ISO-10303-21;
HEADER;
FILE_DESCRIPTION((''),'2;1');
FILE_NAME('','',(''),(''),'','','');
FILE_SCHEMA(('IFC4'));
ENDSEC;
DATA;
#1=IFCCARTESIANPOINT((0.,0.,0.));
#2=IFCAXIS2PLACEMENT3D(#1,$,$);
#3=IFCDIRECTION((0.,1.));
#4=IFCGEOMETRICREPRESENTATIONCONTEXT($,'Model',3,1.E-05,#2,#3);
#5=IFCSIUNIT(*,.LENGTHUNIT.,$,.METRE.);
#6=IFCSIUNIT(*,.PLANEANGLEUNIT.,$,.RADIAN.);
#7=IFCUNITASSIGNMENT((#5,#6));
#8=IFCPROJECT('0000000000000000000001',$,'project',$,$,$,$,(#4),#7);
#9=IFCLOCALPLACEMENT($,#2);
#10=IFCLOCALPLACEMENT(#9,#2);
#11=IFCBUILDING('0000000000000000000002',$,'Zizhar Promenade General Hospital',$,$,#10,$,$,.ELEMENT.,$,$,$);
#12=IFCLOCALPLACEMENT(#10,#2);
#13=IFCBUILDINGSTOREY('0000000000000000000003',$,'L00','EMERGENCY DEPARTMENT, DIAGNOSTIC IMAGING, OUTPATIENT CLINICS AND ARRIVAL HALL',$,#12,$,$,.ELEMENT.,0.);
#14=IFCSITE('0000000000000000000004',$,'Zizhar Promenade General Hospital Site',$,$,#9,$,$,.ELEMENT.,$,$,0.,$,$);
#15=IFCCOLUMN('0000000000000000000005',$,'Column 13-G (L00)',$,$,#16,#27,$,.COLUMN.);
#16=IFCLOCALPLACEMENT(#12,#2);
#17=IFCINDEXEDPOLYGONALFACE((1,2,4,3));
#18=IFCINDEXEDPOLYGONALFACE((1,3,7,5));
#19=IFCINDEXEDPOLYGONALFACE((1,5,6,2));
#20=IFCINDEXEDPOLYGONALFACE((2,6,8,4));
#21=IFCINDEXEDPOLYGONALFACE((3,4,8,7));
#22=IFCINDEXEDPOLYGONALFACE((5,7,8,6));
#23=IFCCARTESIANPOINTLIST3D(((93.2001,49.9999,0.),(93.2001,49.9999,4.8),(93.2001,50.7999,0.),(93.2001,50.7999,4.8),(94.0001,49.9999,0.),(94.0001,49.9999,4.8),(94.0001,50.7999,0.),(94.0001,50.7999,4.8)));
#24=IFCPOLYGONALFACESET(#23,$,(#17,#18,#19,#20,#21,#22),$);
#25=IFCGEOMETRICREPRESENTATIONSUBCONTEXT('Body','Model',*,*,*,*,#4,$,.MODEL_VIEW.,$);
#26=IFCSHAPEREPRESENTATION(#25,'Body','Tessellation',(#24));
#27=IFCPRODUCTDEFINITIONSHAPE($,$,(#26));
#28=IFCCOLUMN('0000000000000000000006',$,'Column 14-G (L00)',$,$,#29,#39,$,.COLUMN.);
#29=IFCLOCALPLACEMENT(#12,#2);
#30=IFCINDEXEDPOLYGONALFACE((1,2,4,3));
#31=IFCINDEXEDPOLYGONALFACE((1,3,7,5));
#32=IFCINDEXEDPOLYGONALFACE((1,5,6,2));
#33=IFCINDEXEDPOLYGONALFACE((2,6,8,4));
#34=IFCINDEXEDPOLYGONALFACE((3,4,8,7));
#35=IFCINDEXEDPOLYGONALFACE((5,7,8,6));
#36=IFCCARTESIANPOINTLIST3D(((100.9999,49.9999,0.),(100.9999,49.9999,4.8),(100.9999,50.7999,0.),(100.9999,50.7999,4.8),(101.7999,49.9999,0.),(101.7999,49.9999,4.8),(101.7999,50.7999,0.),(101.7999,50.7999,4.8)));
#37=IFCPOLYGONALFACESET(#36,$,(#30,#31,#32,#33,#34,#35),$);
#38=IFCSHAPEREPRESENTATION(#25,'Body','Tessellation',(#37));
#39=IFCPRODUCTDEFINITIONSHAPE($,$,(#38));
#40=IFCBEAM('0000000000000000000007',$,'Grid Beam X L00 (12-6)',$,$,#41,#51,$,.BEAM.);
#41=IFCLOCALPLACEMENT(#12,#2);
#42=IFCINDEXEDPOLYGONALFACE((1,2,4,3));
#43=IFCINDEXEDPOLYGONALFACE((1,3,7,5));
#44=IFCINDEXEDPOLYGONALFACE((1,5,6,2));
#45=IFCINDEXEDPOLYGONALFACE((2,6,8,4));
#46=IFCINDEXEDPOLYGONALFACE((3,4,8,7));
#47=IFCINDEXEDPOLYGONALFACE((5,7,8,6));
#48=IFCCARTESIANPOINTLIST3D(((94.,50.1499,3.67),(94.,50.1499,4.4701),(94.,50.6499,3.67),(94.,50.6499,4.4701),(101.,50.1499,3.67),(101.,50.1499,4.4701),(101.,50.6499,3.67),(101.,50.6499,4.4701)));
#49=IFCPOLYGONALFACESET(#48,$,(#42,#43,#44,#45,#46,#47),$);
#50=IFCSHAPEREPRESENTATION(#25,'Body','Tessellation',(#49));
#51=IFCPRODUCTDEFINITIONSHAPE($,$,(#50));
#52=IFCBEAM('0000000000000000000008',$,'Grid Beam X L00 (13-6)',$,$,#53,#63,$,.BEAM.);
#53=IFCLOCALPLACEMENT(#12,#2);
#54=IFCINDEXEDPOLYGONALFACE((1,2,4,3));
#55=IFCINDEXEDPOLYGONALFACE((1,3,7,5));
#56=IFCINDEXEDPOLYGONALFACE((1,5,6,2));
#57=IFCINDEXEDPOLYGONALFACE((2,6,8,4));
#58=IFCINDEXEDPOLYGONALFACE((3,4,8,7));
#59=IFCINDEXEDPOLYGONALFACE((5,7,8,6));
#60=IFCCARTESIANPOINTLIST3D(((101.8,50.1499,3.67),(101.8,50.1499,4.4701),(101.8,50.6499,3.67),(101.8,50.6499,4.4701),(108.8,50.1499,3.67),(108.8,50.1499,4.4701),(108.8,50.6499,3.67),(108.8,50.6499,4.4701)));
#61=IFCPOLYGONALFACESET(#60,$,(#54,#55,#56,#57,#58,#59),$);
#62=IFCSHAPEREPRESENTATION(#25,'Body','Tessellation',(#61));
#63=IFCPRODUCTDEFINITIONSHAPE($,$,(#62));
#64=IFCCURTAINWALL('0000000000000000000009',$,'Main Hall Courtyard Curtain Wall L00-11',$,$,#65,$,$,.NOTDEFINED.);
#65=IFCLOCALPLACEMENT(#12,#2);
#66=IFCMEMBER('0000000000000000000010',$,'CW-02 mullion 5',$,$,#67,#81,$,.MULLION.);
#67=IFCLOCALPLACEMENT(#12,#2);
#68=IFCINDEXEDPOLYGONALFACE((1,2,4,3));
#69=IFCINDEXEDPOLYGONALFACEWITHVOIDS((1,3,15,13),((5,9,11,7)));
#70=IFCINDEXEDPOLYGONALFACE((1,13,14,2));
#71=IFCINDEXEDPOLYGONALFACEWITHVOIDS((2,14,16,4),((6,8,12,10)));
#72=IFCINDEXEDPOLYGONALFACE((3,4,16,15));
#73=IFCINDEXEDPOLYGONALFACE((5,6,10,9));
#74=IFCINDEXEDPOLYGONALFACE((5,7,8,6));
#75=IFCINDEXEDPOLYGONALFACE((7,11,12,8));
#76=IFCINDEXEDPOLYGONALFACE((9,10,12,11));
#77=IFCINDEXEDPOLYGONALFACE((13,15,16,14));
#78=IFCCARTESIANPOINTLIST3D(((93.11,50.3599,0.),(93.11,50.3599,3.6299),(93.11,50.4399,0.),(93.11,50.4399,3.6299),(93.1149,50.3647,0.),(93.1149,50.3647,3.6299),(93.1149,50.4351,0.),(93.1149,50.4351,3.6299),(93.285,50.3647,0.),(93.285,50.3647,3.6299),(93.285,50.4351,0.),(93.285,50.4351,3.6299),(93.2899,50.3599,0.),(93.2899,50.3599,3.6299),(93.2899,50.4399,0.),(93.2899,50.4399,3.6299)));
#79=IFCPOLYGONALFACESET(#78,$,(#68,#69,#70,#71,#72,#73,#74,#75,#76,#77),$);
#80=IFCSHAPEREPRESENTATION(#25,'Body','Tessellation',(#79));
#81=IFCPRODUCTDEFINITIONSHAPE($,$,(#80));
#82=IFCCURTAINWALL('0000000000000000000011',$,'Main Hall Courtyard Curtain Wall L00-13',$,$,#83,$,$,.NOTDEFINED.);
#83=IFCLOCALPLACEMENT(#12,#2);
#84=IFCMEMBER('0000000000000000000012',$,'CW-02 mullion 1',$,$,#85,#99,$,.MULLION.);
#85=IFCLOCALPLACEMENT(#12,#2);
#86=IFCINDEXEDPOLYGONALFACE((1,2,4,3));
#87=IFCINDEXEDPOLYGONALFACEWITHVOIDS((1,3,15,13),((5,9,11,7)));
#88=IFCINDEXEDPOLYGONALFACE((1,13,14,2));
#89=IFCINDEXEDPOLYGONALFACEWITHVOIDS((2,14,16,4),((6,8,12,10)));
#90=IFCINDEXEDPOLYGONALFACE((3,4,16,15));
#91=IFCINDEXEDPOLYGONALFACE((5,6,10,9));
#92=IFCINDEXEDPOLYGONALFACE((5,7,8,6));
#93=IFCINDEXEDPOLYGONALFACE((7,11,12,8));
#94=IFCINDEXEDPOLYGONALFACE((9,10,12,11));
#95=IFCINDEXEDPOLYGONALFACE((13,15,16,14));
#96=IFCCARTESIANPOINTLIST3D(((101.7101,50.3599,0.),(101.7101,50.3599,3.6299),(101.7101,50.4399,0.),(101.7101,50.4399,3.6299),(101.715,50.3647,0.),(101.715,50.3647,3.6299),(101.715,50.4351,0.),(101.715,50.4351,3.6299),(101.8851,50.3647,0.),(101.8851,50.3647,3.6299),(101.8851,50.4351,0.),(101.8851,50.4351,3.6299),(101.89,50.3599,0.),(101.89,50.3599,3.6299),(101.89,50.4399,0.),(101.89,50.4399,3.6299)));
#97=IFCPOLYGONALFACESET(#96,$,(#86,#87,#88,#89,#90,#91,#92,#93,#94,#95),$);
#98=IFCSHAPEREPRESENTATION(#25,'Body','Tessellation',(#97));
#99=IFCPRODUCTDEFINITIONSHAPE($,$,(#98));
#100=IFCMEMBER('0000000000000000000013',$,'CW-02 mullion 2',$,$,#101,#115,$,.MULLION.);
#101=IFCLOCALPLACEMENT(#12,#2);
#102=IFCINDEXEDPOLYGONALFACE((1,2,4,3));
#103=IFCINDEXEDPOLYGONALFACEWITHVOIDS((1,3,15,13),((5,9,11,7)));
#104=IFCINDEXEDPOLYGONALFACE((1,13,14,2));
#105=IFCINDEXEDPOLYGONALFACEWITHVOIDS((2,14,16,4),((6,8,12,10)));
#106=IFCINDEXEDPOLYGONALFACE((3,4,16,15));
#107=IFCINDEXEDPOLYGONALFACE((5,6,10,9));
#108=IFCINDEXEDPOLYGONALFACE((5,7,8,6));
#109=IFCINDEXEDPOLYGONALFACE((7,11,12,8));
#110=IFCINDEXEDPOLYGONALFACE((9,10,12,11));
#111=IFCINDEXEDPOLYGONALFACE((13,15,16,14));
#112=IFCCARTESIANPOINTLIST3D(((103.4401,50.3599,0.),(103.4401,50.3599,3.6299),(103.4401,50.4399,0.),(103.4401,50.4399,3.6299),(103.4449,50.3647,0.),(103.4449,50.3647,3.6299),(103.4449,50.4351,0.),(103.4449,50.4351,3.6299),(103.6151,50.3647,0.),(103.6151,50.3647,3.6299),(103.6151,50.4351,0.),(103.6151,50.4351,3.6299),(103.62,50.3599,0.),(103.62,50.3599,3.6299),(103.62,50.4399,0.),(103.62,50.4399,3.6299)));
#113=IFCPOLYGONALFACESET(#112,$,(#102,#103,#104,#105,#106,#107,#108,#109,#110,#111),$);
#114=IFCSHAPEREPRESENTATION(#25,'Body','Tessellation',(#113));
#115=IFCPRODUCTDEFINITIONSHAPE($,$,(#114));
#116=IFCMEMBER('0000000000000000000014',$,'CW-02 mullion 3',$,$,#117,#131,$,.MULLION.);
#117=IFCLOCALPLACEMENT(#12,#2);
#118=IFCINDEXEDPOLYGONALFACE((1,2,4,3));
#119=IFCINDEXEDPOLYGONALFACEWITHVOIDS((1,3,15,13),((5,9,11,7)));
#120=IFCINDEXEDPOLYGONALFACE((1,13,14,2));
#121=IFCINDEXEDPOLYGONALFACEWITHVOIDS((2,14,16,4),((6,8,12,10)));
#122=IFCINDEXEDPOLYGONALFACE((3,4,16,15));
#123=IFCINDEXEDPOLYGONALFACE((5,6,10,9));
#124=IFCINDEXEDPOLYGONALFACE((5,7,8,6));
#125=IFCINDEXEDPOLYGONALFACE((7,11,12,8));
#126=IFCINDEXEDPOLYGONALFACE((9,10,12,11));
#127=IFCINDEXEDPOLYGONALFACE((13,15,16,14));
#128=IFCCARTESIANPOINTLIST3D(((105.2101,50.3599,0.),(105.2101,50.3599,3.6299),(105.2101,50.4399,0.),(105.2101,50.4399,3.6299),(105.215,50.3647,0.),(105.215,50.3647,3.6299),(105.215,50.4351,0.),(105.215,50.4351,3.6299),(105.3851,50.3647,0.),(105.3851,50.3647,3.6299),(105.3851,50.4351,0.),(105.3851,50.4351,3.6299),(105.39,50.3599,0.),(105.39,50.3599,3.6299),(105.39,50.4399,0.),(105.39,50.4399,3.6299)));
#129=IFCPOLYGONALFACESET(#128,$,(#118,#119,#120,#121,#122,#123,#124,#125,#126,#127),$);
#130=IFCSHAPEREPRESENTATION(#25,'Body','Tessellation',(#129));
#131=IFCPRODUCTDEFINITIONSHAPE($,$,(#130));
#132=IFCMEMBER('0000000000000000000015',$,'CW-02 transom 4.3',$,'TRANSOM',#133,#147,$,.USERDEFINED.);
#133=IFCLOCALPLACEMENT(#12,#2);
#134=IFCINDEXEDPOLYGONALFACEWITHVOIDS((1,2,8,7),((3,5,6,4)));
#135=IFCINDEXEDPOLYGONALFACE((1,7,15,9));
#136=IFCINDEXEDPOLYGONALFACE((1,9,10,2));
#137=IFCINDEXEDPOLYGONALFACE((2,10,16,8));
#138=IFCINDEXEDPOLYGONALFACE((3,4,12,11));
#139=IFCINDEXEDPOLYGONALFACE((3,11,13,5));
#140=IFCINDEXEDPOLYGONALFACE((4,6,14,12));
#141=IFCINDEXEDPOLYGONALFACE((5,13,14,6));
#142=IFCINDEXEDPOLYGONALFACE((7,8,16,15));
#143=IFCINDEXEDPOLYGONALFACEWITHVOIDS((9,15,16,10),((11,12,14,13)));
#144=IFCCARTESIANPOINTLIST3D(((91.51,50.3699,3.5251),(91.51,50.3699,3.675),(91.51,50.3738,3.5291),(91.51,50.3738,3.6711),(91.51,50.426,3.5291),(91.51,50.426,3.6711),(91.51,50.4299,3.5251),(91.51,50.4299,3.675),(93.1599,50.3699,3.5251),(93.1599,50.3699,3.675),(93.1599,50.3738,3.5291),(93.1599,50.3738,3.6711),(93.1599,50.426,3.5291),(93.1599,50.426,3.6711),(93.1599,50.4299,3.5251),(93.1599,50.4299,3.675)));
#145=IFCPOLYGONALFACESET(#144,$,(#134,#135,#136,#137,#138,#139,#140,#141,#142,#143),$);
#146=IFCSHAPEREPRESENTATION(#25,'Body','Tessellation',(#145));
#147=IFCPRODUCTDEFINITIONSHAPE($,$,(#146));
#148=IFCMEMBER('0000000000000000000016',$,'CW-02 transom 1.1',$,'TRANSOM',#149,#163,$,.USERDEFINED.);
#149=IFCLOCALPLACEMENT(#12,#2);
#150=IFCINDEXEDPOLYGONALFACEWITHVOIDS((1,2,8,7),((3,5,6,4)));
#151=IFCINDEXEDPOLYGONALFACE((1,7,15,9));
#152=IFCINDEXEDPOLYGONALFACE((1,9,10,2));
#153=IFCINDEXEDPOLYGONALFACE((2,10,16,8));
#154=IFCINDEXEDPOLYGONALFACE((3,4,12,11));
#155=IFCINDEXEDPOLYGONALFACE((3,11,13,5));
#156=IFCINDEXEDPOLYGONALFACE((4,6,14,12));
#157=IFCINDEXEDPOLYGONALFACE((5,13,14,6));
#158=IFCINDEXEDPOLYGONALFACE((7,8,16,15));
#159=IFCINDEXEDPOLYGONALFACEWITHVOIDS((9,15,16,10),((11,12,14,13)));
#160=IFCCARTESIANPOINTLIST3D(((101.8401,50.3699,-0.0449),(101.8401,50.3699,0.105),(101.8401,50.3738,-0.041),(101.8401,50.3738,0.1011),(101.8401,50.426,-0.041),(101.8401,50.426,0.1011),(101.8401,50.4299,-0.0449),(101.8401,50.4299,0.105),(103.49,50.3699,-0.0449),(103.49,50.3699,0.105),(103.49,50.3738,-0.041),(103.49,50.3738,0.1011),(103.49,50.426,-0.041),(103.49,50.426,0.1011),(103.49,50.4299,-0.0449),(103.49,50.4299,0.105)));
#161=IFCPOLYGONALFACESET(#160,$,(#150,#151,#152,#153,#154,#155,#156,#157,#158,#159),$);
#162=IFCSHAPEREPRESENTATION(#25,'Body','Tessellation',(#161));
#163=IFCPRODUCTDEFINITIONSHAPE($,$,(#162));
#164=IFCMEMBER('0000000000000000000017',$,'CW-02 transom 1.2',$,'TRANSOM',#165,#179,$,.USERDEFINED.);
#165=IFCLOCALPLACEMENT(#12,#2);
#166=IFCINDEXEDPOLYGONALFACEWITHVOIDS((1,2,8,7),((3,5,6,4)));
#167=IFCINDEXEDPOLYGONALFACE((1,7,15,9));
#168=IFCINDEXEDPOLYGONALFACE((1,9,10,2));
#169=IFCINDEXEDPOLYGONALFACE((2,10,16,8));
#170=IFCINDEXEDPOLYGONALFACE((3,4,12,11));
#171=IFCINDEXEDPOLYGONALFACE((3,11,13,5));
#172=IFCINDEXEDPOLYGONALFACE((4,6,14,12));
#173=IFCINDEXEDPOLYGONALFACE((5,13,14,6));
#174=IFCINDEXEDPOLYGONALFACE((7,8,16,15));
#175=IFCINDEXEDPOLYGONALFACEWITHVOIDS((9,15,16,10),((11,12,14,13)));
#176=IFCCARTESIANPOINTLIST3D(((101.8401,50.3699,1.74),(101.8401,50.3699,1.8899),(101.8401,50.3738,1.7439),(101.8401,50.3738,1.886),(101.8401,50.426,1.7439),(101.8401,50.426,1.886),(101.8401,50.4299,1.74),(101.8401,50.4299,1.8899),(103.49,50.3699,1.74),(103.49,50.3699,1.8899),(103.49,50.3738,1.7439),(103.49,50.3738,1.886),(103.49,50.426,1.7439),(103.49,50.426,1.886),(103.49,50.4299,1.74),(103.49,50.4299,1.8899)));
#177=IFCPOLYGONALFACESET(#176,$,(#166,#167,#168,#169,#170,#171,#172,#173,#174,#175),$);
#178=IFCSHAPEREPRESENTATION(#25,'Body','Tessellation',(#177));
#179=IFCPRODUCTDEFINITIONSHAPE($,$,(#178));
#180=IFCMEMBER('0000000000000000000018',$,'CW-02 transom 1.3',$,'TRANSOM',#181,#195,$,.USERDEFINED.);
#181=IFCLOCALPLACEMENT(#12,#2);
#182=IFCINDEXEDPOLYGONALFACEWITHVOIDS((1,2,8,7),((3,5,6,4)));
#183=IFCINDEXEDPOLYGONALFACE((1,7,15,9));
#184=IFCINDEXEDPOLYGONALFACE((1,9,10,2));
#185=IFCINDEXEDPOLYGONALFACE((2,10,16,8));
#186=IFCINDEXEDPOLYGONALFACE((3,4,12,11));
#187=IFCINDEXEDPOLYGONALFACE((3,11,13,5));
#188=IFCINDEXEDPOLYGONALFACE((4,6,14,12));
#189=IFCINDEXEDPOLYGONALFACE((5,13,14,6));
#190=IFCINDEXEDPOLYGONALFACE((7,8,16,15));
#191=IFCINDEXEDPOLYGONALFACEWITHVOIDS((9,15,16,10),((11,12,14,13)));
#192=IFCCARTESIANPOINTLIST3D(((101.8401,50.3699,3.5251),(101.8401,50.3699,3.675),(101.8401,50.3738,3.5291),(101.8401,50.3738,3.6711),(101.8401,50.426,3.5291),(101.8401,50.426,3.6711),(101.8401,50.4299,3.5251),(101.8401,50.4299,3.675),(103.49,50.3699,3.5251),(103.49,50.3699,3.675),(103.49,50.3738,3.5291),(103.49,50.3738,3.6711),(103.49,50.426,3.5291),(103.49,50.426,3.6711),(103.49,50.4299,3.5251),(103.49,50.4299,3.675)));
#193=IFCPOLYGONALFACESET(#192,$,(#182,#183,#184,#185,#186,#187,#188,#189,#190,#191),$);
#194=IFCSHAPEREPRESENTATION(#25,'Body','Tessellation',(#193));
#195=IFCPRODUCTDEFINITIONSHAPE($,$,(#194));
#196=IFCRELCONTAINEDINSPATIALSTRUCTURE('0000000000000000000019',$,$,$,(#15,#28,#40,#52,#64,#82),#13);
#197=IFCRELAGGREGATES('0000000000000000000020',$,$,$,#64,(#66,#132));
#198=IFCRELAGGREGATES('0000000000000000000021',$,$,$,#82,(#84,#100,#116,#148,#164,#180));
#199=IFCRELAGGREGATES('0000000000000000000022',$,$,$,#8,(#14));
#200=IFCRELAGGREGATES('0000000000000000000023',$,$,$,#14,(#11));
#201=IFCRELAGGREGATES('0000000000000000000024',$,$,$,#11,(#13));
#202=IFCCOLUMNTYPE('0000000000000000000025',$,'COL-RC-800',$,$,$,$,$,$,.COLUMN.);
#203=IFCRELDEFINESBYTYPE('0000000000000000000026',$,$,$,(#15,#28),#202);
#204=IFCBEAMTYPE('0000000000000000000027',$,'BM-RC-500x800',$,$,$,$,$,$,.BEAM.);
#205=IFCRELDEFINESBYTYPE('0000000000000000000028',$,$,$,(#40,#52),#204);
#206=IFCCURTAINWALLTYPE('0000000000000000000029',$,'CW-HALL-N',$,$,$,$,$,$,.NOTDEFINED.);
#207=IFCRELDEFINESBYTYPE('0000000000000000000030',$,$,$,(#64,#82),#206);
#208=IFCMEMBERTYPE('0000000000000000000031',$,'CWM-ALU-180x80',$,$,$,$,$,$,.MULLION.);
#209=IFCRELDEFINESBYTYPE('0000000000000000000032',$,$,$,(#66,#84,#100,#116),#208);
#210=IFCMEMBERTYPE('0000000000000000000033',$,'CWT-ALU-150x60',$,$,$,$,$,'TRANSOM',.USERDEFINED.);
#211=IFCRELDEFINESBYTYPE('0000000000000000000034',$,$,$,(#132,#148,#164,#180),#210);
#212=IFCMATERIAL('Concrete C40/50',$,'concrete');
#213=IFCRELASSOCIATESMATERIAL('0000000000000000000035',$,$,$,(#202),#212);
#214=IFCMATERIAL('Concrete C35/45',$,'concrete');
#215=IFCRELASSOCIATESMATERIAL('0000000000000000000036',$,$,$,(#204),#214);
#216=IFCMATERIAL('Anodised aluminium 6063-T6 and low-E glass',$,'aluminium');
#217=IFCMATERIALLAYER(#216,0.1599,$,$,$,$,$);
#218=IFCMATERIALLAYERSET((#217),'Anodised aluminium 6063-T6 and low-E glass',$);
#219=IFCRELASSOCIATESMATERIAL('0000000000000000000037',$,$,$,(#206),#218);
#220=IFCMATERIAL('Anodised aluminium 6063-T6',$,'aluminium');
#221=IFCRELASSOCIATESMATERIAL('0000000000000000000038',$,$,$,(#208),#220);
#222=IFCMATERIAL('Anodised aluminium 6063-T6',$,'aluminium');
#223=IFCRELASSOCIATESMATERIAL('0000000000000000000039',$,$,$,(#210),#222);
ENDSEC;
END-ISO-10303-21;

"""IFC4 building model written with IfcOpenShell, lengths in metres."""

from ifc_helpers import new_model, si_unit, direction, frame, origin, origin_2d, place, context, subcontext, project, spatial, rectangle, hollow_rectangle, extrude, material, layer, layer_set, material_profile, profile_set, type_object, element, aggregate, save


model = new_model("IFC4")

# Units and contexts
model_context = context("Model", 3, precision=1e-05, world=origin(), true_north=direction((0.0, 1.0)))
body_context = subcontext(model_context, "Body", "Model", "MODEL_VIEW")
ifc_project = project(units=[si_unit("LENGTHUNIT", "METRE"), si_unit("PLANEANGLEUNIT", "RADIAN")], contexts=[model_context])

# Site, building, storey
site_placement = place(None, origin())
site = spatial("IfcSite", under=ifc_project, at=site_placement, Name="Zizhar Promenade General Hospital Site", CompositionType="ELEMENT", RefElevation=0.0)
building_placement = place(site_placement, origin())
building = spatial("IfcBuilding", under=site, at=building_placement, Name="Zizhar Promenade General Hospital", CompositionType="ELEMENT")
storey_placement = place(building_placement, origin())
storey = spatial("IfcBuildingStorey", under=building, at=storey_placement, Name="L00", Description="EMERGENCY DEPARTMENT, DIAGNOSTIC IMAGING, OUTPATIENT CLINICS AND ARRIVAL HALL", CompositionType="ELEMENT", Elevation=0.0)

# Columns
ifc_material_1 = material(Name="Concrete C40/50", Category="concrete")
ifc_material_profile_1 = material_profile(ifc_material_1, rectangle(XDim=0.8, YDim=0.8, at=origin_2d()))
ifc_profile_set_1 = profile_set([ifc_material_profile_1], Name="Concrete C40/50")
column_type = type_object("IfcColumnType", Name="COL-RC-800", PredefinedType="COLUMN", material=ifc_profile_set_1)
for number, where, z_axis, x_axis, name in (
    (1, (93.6001, 50.3999, 0.0), (0.0, 0.0, 1.0), (1.0, 0.0, 0.0), "Column 13-G (L00)"),
    (2, (101.3999, 50.3999, 0.0), (0.0, 0.0, 1.0), (1.0, 0.0, 0.0), "Column 14-G (L00)"),
):
    element("IfcColumn", number, at=place(storey_placement, frame(where, z_axis=z_axis, x_axis=x_axis)), inside=storey, type_object=column_type, Name=name, PredefinedType="COLUMN", context=body_context, shape_type="SweptSolid", body=[
        extrude(rectangle(XDim=0.8, YDim=0.8, at=origin_2d()), origin(), (0.0, 0.0, 1.0), 4.8),
    ])

# Beams
ifc_material_2 = material(Name="Concrete C35/45", Category="concrete")
ifc_material_profile_2 = material_profile(ifc_material_2, rectangle(XDim=0.5, YDim=0.8, at=origin_2d()))
ifc_profile_set_2 = profile_set([ifc_material_profile_2], Name="Concrete C35/45")
beam_type = type_object("IfcBeamType", Name="BM-RC-500x800", PredefinedType="BEAM", material=ifc_profile_set_2)
for number, where, z_axis, x_axis, name in (
    (3, (94.0, 50.3999, 4.0701), (1.0, 0.0, 0.0), (0.0, 1.0, 0.0), "Grid Beam X L00 (12-6)"),
    (4, (101.8, 50.3999, 4.0701), (1.0, 0.0, 0.0), (0.0, 1.0, 0.0), "Grid Beam X L00 (13-6)"),
):
    element("IfcBeam", number, at=place(storey_placement, frame(where, z_axis=z_axis, x_axis=x_axis)), inside=storey, type_object=beam_type, Name=name, PredefinedType="BEAM", context=body_context, shape_type="SweptSolid", body=[
        extrude(rectangle(XDim=0.5, YDim=0.8, at=origin_2d()), origin(), (0.0, 0.0, 1.0), 7.0),
    ])

# Curtain wall, member
ifc_material_3 = material(Name="Anodised aluminium 6063-T6 and low-E glass", Category="aluminium")
ifc_layer_1 = layer(ifc_material_3, 0.1599)
ifc_layer_set_1 = layer_set([ifc_layer_1], Name="Anodised aluminium 6063-T6 and low-E glass")
curtain_wall_type = type_object("IfcCurtainWallType", Name="CW-HALL-N", PredefinedType="NOTDEFINED", material=ifc_layer_set_1)
curtain_wall_1_placement = place(storey_placement, origin())
curtain_wall_1 = element("IfcCurtainWall", 5, at=curtain_wall_1_placement, inside=storey, type_object=curtain_wall_type, Name="Main Hall Courtyard Curtain Wall L00-11", PredefinedType="NOTDEFINED")
ifc_material_4 = material(Name="Anodised aluminium 6063-T6", Category="aluminium")
ifc_material_profile_3 = material_profile(ifc_material_4, hollow_rectangle(XDim=0.0801, YDim=0.1799, WallThickness=0.0049, at=origin_2d()))
ifc_profile_set_3 = profile_set([ifc_material_profile_3], Name="Anodised aluminium 6063-T6")
member_type_1 = type_object("IfcMemberType", Name="CWM-ALU-180x80", PredefinedType="MULLION", material=ifc_profile_set_3)
member_1_placement = place(storey_placement, frame((93.2, 50.3999, 0.0), z_axis=(0.0, 0.0, 1.0), x_axis=(0.0, 1.0, 0.0)))
member_1 = element("IfcMember", 6, at=member_1_placement, type_object=member_type_1, Name="CW-02 mullion 5", PredefinedType="MULLION", context=body_context, shape_type="SweptSolid", body=[
    extrude(hollow_rectangle(XDim=0.0801, YDim=0.1799, WallThickness=0.0049, at=origin_2d()), origin(), (0.0, 0.0, 1.0), 3.6299),
])

# Curtain wall, members
curtain_wall_2_placement = place(storey_placement, origin())
curtain_wall_2 = element("IfcCurtainWall", 7, at=curtain_wall_2_placement, inside=storey, type_object=curtain_wall_type, Name="Main Hall Courtyard Curtain Wall L00-13", PredefinedType="NOTDEFINED")
member_2_placement = place(storey_placement, frame((101.8, 50.3999, 0.0), z_axis=(0.0, 0.0, 1.0), x_axis=(0.0, 1.0, 0.0)))
member_2 = element("IfcMember", 8, at=member_2_placement, type_object=member_type_1, Name="CW-02 mullion 1", PredefinedType="MULLION", context=body_context, shape_type="SweptSolid", body=[
    extrude(hollow_rectangle(XDim=0.0801, YDim=0.1799, WallThickness=0.0049, at=origin_2d()), origin(), (0.0, 0.0, 1.0), 3.6299),
])
member_3_placement = place(storey_placement, frame((103.53, 50.3999, 0.0), z_axis=(0.0, 0.0, 1.0), x_axis=(0.0, 1.0, 0.0)))
member_3 = element("IfcMember", 9, at=member_3_placement, type_object=member_type_1, Name="CW-02 mullion 2", PredefinedType="MULLION", context=body_context, shape_type="SweptSolid", body=[
    extrude(hollow_rectangle(XDim=0.0801, YDim=0.1799, WallThickness=0.0049, at=origin_2d()), origin(), (0.0, 0.0, 1.0), 3.6299),
])
member_4_placement = place(storey_placement, frame((105.3, 50.3999, 0.0), z_axis=(0.0, 0.0, 1.0), x_axis=(0.0, 1.0, 0.0)))
member_4 = element("IfcMember", 10, at=member_4_placement, type_object=member_type_1, Name="CW-02 mullion 3", PredefinedType="MULLION", context=body_context, shape_type="SweptSolid", body=[
    extrude(hollow_rectangle(XDim=0.0801, YDim=0.1799, WallThickness=0.0049, at=origin_2d()), origin(), (0.0, 0.0, 1.0), 3.6299),
])

# Members
ifc_material_5 = material(Name="Anodised aluminium 6063-T6", Category="aluminium")
ifc_material_profile_4 = material_profile(ifc_material_5, hollow_rectangle(XDim=0.0601, YDim=0.1499, WallThickness=0.0039, at=origin_2d()))
ifc_profile_set_4 = profile_set([ifc_material_profile_4], Name="Anodised aluminium 6063-T6")
member_type_2 = type_object("IfcMemberType", Name="CWT-ALU-150x60", ElementType="TRANSOM", PredefinedType="USERDEFINED", material=ifc_profile_set_4)
member_5_placement = place(storey_placement, frame((91.51, 50.3999, 3.6001), z_axis=(1.0, 0.0, 0.0), x_axis=(0.0, 1.0, 0.0)))
member_5 = element("IfcMember", 11, at=member_5_placement, type_object=member_type_2, Name="CW-02 transom 4.3", ObjectType="TRANSOM", PredefinedType="USERDEFINED", context=body_context, shape_type="SweptSolid", body=[
    extrude(hollow_rectangle(XDim=0.0601, YDim=0.1499, WallThickness=0.0039, at=origin_2d()), origin(), (0.0, 0.0, 1.0), 1.6499),
])
member_6_placement = place(storey_placement, frame((101.8401, 50.3999, 0.03), z_axis=(1.0, 0.0, 0.0), x_axis=(0.0, 1.0, 0.0)))
member_6 = element("IfcMember", 12, at=member_6_placement, type_object=member_type_2, Name="CW-02 transom 1.1", ObjectType="TRANSOM", PredefinedType="USERDEFINED", context=body_context, shape_type="SweptSolid", body=[
    extrude(hollow_rectangle(XDim=0.0601, YDim=0.1499, WallThickness=0.0039, at=origin_2d()), origin(), (0.0, 0.0, 1.0), 1.6499),
])
member_7_placement = place(storey_placement, frame((101.8401, 50.3999, 1.8149), z_axis=(1.0, 0.0, 0.0), x_axis=(0.0, 1.0, 0.0)))
member_7 = element("IfcMember", 13, at=member_7_placement, type_object=member_type_2, Name="CW-02 transom 1.2", ObjectType="TRANSOM", PredefinedType="USERDEFINED", context=body_context, shape_type="SweptSolid", body=[
    extrude(hollow_rectangle(XDim=0.0601, YDim=0.1499, WallThickness=0.0039, at=origin_2d()), origin(), (0.0, 0.0, 1.0), 1.6499),
])
member_8_placement = place(storey_placement, frame((101.8401, 50.3999, 3.6001), z_axis=(1.0, 0.0, 0.0), x_axis=(0.0, 1.0, 0.0)))
member_8 = element("IfcMember", 14, at=member_8_placement, type_object=member_type_2, Name="CW-02 transom 1.3", ObjectType="TRANSOM", PredefinedType="USERDEFINED", context=body_context, shape_type="SweptSolid", body=[
    extrude(hollow_rectangle(XDim=0.0601, YDim=0.1499, WallThickness=0.0039, at=origin_2d()), origin(), (0.0, 0.0, 1.0), 1.6499),
])

aggregate(curtain_wall_1, [member_1, member_5])
aggregate(curtain_wall_2, [member_2, member_3, member_4, member_6, member_7, member_8])

save(model, "model.ifc")
